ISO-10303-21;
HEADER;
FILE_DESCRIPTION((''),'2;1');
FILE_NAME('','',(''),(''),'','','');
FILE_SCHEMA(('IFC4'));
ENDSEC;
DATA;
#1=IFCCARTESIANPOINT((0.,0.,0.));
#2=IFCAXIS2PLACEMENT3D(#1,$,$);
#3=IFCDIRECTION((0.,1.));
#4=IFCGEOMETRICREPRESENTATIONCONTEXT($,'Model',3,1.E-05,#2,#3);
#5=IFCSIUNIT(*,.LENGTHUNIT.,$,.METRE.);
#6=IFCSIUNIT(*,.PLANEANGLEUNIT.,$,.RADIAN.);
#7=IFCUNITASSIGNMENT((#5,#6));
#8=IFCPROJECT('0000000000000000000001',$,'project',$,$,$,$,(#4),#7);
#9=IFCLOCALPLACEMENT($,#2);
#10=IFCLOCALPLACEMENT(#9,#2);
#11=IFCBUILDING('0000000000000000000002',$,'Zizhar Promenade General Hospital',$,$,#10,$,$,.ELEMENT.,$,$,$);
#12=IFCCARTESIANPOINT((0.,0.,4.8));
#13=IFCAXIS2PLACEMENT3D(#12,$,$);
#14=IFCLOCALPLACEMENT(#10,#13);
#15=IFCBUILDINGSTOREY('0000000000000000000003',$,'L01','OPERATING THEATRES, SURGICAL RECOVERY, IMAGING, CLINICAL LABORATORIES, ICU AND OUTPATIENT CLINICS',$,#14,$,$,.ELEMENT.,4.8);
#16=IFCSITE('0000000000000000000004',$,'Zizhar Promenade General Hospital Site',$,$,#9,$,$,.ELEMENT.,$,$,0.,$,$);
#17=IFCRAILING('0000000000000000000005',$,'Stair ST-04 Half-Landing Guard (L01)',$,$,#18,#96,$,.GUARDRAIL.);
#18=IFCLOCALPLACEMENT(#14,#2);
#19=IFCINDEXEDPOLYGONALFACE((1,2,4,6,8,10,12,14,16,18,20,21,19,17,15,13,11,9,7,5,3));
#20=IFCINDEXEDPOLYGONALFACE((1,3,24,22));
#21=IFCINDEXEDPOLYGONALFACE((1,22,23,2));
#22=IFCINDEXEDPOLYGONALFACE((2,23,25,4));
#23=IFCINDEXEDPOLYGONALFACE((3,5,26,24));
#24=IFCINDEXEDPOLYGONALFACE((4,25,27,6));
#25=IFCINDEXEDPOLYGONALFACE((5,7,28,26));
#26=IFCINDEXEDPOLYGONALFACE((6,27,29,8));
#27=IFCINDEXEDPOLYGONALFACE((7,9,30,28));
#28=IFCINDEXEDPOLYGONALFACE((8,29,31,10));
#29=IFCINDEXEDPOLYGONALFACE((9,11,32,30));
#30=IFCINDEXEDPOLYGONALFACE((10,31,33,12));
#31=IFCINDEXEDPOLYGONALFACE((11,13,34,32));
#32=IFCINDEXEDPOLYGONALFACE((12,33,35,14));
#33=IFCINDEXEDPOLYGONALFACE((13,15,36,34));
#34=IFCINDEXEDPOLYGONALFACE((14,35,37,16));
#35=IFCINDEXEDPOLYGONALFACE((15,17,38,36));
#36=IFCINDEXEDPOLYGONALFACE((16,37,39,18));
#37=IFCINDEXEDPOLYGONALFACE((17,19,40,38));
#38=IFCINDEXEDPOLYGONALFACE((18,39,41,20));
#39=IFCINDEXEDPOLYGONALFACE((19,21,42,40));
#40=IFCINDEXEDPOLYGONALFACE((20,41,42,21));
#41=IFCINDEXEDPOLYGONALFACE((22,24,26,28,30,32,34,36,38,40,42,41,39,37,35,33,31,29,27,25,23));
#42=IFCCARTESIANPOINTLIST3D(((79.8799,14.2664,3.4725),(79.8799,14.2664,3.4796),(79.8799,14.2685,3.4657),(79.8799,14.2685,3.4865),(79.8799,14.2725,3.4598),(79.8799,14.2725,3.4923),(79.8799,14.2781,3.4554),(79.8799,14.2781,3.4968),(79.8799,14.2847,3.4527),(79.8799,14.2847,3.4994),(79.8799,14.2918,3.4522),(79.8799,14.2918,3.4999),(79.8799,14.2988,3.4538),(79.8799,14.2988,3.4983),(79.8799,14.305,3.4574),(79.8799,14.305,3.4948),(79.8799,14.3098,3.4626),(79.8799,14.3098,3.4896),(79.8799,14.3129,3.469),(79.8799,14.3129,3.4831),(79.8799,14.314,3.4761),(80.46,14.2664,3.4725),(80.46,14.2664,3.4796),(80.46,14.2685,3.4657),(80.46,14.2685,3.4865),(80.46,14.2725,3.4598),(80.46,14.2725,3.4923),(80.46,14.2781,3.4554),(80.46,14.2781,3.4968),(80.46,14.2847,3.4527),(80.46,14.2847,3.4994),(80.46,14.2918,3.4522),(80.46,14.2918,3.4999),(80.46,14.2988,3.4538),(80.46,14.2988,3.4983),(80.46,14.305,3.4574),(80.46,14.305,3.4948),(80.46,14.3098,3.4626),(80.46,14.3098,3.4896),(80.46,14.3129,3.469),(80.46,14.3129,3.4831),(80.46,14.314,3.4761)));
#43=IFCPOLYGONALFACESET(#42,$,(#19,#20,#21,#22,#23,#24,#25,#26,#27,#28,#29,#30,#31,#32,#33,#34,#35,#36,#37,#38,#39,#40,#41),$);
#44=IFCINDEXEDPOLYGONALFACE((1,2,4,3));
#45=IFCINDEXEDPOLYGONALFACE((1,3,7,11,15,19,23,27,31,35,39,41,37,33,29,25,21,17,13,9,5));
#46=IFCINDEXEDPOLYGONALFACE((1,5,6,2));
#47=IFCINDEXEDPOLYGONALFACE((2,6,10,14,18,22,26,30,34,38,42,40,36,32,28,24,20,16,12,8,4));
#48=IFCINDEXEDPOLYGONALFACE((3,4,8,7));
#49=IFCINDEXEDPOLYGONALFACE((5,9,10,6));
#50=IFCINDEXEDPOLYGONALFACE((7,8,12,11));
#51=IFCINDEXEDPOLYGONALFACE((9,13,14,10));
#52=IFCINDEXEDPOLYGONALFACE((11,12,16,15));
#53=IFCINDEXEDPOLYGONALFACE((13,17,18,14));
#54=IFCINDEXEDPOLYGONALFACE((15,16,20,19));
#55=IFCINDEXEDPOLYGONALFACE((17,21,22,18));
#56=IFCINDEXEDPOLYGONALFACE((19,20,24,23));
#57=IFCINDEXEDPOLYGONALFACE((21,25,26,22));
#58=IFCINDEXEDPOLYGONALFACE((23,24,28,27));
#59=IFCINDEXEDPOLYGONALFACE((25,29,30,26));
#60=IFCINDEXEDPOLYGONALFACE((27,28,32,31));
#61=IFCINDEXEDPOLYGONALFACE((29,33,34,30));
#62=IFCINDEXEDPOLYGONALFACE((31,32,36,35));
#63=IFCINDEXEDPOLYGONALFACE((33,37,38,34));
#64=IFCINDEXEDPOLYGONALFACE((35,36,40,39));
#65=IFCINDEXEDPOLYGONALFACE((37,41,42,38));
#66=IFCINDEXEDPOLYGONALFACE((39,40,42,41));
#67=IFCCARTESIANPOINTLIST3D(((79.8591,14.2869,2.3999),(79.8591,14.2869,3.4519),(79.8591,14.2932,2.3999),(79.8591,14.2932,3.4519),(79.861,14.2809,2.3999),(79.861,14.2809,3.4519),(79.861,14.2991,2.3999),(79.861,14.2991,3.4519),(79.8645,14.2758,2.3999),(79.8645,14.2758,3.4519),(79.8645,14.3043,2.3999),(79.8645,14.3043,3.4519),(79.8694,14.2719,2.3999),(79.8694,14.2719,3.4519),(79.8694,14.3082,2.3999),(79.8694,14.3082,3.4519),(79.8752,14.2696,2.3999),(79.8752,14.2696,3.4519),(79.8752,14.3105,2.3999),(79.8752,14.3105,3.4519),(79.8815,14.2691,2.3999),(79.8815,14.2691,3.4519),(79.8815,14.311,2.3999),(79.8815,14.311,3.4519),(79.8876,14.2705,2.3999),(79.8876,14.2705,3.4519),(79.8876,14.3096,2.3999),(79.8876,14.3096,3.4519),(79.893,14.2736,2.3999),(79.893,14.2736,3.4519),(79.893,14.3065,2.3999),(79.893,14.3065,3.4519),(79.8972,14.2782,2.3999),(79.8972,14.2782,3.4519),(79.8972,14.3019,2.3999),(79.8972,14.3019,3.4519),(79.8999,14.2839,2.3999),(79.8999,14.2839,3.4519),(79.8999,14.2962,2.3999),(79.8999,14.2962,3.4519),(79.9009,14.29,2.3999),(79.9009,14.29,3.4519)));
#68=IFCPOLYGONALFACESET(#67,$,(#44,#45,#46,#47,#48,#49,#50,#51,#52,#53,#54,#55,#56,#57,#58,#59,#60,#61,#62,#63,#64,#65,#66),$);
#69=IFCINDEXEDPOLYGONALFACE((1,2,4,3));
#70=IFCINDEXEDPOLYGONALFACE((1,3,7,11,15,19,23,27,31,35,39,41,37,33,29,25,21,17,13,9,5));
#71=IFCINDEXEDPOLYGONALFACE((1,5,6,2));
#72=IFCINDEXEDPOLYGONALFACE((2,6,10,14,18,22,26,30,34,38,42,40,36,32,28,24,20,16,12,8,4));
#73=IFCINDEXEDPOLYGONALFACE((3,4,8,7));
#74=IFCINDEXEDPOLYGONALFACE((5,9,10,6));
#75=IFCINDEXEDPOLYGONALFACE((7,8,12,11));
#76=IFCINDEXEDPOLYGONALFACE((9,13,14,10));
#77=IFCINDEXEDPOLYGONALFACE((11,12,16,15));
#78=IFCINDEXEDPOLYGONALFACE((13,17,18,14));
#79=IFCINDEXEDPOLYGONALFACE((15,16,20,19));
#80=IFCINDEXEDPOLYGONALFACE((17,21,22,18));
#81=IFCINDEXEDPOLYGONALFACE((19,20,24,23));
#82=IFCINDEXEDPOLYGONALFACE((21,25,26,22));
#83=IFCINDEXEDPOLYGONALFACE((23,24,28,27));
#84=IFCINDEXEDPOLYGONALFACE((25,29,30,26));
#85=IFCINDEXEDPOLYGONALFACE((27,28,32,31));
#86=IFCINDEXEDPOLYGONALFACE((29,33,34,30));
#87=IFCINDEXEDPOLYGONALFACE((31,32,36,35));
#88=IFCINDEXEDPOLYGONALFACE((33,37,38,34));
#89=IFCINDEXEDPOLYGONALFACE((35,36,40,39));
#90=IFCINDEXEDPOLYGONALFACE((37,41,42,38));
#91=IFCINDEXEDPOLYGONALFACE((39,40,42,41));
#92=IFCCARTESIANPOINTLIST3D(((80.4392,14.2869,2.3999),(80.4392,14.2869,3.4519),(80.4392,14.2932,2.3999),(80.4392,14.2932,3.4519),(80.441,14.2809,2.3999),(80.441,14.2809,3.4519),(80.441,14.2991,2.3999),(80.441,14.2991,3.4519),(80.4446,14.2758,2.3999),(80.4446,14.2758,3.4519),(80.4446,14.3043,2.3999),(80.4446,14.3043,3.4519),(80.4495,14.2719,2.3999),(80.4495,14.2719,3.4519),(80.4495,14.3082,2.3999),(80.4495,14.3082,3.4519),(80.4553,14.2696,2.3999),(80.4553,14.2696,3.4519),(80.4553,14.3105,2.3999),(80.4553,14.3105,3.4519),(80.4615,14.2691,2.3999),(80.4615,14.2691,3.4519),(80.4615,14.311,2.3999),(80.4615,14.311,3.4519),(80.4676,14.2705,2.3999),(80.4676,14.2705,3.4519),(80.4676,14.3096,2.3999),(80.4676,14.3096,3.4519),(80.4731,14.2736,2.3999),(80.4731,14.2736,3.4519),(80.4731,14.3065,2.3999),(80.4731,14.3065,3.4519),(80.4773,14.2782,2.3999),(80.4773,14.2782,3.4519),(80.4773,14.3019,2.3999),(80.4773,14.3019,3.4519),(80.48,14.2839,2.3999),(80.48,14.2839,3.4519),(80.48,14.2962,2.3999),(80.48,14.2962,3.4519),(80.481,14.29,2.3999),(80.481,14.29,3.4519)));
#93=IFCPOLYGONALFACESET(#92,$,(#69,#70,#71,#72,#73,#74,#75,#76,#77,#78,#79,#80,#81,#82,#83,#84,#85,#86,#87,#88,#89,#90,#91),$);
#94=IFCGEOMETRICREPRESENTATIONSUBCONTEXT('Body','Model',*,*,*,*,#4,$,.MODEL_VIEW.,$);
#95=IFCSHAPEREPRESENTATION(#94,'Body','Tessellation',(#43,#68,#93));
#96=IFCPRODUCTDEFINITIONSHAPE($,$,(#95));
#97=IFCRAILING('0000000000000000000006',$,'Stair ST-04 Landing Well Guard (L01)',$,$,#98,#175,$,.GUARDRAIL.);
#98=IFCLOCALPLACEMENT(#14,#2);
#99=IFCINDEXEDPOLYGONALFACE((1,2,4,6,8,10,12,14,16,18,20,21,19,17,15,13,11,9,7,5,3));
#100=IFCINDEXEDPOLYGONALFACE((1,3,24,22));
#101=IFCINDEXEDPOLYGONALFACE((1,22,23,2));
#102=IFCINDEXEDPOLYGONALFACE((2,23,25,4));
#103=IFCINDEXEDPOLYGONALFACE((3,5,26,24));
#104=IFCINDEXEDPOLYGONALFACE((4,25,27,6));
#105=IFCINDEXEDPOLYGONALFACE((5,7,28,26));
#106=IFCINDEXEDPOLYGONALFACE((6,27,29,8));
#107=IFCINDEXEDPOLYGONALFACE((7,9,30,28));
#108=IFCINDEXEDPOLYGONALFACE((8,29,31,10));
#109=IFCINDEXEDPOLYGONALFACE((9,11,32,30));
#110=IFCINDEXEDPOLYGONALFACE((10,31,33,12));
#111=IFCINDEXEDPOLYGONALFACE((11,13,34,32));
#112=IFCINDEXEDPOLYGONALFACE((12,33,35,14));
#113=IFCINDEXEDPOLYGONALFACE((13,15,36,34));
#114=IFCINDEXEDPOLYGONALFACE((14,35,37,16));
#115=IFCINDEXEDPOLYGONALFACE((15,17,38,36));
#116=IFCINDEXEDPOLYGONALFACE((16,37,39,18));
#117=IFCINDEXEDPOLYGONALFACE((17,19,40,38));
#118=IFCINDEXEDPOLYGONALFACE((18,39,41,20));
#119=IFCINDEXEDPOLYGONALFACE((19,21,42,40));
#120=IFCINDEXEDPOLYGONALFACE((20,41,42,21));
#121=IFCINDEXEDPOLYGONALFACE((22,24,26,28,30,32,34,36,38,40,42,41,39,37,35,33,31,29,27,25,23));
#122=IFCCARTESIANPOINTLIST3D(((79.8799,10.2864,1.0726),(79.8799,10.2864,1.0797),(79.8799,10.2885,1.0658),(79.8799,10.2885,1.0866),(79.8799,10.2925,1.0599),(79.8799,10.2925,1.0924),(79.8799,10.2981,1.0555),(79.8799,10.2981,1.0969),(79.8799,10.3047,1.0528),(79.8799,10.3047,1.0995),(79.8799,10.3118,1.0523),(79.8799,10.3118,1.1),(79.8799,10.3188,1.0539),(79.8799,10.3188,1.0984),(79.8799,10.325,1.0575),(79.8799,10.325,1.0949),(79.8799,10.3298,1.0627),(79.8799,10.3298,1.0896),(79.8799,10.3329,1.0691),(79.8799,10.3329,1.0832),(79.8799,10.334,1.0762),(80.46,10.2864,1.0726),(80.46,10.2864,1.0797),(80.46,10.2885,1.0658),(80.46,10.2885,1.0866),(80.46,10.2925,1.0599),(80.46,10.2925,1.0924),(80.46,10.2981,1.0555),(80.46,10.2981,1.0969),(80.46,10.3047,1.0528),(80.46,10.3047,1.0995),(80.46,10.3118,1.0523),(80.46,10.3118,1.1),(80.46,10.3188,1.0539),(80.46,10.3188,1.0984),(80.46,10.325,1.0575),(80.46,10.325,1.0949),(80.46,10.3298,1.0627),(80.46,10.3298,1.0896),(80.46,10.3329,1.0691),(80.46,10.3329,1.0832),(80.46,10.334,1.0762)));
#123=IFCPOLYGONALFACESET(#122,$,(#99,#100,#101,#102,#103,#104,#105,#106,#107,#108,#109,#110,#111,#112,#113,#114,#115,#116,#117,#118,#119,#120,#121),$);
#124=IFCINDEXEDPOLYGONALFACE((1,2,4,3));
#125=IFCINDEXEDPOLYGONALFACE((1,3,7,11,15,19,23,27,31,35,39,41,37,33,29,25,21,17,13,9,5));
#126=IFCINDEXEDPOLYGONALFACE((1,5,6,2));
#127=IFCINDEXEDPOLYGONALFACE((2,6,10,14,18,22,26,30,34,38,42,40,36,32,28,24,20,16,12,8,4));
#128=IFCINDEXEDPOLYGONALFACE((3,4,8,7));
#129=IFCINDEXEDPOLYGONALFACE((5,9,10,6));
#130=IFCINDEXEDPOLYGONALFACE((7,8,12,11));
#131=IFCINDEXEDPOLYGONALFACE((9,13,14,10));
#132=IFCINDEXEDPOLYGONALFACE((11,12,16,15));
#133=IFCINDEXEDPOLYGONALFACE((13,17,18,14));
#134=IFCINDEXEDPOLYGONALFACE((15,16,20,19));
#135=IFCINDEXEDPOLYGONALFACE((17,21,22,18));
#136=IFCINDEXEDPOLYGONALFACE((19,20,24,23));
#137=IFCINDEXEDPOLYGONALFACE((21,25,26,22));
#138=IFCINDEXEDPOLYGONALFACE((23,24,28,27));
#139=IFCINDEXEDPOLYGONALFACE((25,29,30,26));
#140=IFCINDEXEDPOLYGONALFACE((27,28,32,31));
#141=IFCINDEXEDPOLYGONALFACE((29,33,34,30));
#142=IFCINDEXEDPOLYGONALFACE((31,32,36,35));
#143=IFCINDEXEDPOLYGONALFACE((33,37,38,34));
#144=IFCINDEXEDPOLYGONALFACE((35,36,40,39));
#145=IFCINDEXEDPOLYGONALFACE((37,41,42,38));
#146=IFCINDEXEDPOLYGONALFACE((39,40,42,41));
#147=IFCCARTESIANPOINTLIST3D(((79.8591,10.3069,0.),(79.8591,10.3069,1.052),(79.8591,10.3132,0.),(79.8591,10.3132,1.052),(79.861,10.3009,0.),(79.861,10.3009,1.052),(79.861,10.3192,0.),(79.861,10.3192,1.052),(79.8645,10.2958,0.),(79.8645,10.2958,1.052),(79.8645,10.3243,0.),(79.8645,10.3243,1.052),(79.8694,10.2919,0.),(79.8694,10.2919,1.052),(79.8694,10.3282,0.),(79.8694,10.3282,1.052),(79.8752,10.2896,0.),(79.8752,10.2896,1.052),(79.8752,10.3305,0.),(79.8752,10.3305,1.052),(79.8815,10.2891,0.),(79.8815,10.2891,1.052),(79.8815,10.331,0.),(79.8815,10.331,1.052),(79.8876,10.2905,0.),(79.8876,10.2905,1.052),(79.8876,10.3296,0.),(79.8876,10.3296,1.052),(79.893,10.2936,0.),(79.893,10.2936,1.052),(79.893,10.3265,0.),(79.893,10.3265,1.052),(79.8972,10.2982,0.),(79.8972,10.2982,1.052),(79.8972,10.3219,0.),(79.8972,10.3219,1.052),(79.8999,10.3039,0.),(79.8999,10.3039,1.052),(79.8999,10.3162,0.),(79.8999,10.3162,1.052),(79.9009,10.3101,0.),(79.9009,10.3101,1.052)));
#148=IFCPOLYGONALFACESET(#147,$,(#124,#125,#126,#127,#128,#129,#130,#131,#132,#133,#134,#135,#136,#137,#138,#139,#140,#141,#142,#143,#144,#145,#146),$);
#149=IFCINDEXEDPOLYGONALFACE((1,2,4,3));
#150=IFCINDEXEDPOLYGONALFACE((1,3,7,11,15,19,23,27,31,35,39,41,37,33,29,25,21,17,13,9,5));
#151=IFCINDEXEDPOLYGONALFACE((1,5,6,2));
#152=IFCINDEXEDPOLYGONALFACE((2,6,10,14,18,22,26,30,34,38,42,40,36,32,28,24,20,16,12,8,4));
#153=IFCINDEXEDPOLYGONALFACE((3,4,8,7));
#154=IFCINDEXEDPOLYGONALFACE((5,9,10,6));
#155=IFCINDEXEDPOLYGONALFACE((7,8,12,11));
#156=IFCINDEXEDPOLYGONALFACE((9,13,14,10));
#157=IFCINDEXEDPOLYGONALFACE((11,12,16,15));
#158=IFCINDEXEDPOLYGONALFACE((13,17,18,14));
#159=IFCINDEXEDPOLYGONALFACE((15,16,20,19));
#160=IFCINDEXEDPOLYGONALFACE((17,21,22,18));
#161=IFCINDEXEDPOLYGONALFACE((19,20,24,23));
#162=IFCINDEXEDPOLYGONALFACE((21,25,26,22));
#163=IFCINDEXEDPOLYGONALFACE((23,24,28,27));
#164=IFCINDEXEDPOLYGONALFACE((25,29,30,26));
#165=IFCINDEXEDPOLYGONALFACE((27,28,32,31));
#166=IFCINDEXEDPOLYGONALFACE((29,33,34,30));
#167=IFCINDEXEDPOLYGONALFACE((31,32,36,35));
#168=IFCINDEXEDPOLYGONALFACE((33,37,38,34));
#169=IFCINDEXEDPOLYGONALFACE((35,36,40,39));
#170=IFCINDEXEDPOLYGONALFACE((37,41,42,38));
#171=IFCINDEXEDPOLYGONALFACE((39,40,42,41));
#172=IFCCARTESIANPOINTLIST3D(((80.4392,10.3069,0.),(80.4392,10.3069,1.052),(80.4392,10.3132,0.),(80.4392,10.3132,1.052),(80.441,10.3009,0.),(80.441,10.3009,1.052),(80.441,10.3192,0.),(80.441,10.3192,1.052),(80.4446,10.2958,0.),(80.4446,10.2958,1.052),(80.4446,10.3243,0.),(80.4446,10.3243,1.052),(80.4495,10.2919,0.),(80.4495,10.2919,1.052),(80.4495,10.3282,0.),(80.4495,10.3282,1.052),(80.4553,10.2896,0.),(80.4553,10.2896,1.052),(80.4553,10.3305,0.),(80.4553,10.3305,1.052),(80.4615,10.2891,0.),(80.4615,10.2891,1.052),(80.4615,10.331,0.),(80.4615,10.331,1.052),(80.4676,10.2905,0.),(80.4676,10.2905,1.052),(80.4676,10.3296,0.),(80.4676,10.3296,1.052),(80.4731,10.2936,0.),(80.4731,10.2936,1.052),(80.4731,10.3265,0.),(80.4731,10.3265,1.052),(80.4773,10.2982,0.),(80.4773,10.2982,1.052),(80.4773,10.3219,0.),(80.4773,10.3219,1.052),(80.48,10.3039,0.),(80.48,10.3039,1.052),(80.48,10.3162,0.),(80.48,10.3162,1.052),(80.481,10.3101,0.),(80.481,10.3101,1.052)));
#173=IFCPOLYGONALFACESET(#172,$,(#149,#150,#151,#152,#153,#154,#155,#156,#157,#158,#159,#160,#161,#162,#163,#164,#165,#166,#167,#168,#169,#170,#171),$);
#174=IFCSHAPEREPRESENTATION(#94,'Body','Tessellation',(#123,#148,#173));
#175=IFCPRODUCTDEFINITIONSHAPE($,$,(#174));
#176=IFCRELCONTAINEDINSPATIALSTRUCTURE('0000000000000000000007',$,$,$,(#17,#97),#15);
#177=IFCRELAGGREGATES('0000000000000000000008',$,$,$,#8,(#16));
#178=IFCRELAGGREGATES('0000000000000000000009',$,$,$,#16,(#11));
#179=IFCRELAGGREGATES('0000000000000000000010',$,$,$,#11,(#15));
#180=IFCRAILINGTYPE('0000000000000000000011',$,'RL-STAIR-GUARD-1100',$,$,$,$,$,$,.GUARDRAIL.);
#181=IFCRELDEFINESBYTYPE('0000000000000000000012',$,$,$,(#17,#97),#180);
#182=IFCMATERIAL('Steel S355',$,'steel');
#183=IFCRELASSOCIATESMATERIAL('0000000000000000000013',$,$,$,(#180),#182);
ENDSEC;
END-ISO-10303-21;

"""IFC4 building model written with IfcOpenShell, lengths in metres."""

from ifc_helpers import new_model, si_unit, direction, frame, origin, origin_2d, place, context, subcontext, project, spatial, circle, hollow_circle, extrude, material, material_profile, profile_set, type_object, element, save


model = new_model("IFC4")

# Units and contexts
model_context = context("Model", 3, precision=1e-05, world=origin(), true_north=direction((0.0, 1.0)))
body_context = subcontext(model_context, "Body", "Model", "MODEL_VIEW")
ifc_project = project(units=[si_unit("LENGTHUNIT", "METRE"), si_unit("PLANEANGLEUNIT", "RADIAN")], contexts=[model_context])

# Site, building, storey
site_placement = place(None, origin())
site = spatial("IfcSite", under=ifc_project, at=site_placement, Name="Zizhar Promenade General Hospital Site", CompositionType="ELEMENT", RefElevation=0.0)
building_placement = place(site_placement, origin())
building = spatial("IfcBuilding", under=site, at=building_placement, Name="Zizhar Promenade General Hospital", CompositionType="ELEMENT")
storey_placement = place(building_placement, frame((0.0, 0.0, 4.8)))
storey = spatial("IfcBuildingStorey", under=building, at=storey_placement, Name="L01", Description="OPERATING THEATRES, SURGICAL RECOVERY, IMAGING, CLINICAL LABORATORIES, ICU AND OUTPATIENT CLINICS", CompositionType="ELEMENT", Elevation=4.8)

# Railings
ifc_material_1 = material(Name="Steel S355", Category="steel")
ifc_material_profile_1 = material_profile(ifc_material_1, hollow_circle(Radius=0.0698, WallThickness=0.0063, at=origin_2d()))
ifc_profile_set_1 = profile_set([ifc_material_profile_1], Name="Steel S355")
railing_type_1 = type_object("IfcRailingType", Name="RL-STAIR-GUARD-1100", PredefinedType="GUARDRAIL", material=ifc_profile_set_1)
for number, where, name in (
    (1, (79.8799, 14.29, 2.3999), "Stair ST-04 Half-Landing Guard (L01)"),
    (2, (79.8799, 10.3101, 0.0), "Stair ST-04 Landing Well Guard (L01)"),
):
    element("IfcRailing", number, at=place(storey_placement, frame(where)), inside=storey, type_object=railing_type_1, Name=name, PredefinedType="GUARDRAIL", context=body_context, shape_type="SweptSolid", body=[
        extrude(circle(Radius=0.0239, at=origin_2d()), frame((0.0, 0.0, 1.0762), z_axis=(1.0, 0.0, 0.0), x_axis=(0.0, 1.0, 0.0)), (0.0, 0.0, 1.0), 0.5801),
        extrude(circle(Radius=0.021, at=origin_2d()), origin(), (0.0, 0.0, 1.0), 1.052),
        extrude(circle(Radius=0.021, at=origin_2d()), frame((0.5801, 0.0, 0.0)), (0.0, 0.0, 1.0), 1.052),
    ])

save(model, "model.ifc")
